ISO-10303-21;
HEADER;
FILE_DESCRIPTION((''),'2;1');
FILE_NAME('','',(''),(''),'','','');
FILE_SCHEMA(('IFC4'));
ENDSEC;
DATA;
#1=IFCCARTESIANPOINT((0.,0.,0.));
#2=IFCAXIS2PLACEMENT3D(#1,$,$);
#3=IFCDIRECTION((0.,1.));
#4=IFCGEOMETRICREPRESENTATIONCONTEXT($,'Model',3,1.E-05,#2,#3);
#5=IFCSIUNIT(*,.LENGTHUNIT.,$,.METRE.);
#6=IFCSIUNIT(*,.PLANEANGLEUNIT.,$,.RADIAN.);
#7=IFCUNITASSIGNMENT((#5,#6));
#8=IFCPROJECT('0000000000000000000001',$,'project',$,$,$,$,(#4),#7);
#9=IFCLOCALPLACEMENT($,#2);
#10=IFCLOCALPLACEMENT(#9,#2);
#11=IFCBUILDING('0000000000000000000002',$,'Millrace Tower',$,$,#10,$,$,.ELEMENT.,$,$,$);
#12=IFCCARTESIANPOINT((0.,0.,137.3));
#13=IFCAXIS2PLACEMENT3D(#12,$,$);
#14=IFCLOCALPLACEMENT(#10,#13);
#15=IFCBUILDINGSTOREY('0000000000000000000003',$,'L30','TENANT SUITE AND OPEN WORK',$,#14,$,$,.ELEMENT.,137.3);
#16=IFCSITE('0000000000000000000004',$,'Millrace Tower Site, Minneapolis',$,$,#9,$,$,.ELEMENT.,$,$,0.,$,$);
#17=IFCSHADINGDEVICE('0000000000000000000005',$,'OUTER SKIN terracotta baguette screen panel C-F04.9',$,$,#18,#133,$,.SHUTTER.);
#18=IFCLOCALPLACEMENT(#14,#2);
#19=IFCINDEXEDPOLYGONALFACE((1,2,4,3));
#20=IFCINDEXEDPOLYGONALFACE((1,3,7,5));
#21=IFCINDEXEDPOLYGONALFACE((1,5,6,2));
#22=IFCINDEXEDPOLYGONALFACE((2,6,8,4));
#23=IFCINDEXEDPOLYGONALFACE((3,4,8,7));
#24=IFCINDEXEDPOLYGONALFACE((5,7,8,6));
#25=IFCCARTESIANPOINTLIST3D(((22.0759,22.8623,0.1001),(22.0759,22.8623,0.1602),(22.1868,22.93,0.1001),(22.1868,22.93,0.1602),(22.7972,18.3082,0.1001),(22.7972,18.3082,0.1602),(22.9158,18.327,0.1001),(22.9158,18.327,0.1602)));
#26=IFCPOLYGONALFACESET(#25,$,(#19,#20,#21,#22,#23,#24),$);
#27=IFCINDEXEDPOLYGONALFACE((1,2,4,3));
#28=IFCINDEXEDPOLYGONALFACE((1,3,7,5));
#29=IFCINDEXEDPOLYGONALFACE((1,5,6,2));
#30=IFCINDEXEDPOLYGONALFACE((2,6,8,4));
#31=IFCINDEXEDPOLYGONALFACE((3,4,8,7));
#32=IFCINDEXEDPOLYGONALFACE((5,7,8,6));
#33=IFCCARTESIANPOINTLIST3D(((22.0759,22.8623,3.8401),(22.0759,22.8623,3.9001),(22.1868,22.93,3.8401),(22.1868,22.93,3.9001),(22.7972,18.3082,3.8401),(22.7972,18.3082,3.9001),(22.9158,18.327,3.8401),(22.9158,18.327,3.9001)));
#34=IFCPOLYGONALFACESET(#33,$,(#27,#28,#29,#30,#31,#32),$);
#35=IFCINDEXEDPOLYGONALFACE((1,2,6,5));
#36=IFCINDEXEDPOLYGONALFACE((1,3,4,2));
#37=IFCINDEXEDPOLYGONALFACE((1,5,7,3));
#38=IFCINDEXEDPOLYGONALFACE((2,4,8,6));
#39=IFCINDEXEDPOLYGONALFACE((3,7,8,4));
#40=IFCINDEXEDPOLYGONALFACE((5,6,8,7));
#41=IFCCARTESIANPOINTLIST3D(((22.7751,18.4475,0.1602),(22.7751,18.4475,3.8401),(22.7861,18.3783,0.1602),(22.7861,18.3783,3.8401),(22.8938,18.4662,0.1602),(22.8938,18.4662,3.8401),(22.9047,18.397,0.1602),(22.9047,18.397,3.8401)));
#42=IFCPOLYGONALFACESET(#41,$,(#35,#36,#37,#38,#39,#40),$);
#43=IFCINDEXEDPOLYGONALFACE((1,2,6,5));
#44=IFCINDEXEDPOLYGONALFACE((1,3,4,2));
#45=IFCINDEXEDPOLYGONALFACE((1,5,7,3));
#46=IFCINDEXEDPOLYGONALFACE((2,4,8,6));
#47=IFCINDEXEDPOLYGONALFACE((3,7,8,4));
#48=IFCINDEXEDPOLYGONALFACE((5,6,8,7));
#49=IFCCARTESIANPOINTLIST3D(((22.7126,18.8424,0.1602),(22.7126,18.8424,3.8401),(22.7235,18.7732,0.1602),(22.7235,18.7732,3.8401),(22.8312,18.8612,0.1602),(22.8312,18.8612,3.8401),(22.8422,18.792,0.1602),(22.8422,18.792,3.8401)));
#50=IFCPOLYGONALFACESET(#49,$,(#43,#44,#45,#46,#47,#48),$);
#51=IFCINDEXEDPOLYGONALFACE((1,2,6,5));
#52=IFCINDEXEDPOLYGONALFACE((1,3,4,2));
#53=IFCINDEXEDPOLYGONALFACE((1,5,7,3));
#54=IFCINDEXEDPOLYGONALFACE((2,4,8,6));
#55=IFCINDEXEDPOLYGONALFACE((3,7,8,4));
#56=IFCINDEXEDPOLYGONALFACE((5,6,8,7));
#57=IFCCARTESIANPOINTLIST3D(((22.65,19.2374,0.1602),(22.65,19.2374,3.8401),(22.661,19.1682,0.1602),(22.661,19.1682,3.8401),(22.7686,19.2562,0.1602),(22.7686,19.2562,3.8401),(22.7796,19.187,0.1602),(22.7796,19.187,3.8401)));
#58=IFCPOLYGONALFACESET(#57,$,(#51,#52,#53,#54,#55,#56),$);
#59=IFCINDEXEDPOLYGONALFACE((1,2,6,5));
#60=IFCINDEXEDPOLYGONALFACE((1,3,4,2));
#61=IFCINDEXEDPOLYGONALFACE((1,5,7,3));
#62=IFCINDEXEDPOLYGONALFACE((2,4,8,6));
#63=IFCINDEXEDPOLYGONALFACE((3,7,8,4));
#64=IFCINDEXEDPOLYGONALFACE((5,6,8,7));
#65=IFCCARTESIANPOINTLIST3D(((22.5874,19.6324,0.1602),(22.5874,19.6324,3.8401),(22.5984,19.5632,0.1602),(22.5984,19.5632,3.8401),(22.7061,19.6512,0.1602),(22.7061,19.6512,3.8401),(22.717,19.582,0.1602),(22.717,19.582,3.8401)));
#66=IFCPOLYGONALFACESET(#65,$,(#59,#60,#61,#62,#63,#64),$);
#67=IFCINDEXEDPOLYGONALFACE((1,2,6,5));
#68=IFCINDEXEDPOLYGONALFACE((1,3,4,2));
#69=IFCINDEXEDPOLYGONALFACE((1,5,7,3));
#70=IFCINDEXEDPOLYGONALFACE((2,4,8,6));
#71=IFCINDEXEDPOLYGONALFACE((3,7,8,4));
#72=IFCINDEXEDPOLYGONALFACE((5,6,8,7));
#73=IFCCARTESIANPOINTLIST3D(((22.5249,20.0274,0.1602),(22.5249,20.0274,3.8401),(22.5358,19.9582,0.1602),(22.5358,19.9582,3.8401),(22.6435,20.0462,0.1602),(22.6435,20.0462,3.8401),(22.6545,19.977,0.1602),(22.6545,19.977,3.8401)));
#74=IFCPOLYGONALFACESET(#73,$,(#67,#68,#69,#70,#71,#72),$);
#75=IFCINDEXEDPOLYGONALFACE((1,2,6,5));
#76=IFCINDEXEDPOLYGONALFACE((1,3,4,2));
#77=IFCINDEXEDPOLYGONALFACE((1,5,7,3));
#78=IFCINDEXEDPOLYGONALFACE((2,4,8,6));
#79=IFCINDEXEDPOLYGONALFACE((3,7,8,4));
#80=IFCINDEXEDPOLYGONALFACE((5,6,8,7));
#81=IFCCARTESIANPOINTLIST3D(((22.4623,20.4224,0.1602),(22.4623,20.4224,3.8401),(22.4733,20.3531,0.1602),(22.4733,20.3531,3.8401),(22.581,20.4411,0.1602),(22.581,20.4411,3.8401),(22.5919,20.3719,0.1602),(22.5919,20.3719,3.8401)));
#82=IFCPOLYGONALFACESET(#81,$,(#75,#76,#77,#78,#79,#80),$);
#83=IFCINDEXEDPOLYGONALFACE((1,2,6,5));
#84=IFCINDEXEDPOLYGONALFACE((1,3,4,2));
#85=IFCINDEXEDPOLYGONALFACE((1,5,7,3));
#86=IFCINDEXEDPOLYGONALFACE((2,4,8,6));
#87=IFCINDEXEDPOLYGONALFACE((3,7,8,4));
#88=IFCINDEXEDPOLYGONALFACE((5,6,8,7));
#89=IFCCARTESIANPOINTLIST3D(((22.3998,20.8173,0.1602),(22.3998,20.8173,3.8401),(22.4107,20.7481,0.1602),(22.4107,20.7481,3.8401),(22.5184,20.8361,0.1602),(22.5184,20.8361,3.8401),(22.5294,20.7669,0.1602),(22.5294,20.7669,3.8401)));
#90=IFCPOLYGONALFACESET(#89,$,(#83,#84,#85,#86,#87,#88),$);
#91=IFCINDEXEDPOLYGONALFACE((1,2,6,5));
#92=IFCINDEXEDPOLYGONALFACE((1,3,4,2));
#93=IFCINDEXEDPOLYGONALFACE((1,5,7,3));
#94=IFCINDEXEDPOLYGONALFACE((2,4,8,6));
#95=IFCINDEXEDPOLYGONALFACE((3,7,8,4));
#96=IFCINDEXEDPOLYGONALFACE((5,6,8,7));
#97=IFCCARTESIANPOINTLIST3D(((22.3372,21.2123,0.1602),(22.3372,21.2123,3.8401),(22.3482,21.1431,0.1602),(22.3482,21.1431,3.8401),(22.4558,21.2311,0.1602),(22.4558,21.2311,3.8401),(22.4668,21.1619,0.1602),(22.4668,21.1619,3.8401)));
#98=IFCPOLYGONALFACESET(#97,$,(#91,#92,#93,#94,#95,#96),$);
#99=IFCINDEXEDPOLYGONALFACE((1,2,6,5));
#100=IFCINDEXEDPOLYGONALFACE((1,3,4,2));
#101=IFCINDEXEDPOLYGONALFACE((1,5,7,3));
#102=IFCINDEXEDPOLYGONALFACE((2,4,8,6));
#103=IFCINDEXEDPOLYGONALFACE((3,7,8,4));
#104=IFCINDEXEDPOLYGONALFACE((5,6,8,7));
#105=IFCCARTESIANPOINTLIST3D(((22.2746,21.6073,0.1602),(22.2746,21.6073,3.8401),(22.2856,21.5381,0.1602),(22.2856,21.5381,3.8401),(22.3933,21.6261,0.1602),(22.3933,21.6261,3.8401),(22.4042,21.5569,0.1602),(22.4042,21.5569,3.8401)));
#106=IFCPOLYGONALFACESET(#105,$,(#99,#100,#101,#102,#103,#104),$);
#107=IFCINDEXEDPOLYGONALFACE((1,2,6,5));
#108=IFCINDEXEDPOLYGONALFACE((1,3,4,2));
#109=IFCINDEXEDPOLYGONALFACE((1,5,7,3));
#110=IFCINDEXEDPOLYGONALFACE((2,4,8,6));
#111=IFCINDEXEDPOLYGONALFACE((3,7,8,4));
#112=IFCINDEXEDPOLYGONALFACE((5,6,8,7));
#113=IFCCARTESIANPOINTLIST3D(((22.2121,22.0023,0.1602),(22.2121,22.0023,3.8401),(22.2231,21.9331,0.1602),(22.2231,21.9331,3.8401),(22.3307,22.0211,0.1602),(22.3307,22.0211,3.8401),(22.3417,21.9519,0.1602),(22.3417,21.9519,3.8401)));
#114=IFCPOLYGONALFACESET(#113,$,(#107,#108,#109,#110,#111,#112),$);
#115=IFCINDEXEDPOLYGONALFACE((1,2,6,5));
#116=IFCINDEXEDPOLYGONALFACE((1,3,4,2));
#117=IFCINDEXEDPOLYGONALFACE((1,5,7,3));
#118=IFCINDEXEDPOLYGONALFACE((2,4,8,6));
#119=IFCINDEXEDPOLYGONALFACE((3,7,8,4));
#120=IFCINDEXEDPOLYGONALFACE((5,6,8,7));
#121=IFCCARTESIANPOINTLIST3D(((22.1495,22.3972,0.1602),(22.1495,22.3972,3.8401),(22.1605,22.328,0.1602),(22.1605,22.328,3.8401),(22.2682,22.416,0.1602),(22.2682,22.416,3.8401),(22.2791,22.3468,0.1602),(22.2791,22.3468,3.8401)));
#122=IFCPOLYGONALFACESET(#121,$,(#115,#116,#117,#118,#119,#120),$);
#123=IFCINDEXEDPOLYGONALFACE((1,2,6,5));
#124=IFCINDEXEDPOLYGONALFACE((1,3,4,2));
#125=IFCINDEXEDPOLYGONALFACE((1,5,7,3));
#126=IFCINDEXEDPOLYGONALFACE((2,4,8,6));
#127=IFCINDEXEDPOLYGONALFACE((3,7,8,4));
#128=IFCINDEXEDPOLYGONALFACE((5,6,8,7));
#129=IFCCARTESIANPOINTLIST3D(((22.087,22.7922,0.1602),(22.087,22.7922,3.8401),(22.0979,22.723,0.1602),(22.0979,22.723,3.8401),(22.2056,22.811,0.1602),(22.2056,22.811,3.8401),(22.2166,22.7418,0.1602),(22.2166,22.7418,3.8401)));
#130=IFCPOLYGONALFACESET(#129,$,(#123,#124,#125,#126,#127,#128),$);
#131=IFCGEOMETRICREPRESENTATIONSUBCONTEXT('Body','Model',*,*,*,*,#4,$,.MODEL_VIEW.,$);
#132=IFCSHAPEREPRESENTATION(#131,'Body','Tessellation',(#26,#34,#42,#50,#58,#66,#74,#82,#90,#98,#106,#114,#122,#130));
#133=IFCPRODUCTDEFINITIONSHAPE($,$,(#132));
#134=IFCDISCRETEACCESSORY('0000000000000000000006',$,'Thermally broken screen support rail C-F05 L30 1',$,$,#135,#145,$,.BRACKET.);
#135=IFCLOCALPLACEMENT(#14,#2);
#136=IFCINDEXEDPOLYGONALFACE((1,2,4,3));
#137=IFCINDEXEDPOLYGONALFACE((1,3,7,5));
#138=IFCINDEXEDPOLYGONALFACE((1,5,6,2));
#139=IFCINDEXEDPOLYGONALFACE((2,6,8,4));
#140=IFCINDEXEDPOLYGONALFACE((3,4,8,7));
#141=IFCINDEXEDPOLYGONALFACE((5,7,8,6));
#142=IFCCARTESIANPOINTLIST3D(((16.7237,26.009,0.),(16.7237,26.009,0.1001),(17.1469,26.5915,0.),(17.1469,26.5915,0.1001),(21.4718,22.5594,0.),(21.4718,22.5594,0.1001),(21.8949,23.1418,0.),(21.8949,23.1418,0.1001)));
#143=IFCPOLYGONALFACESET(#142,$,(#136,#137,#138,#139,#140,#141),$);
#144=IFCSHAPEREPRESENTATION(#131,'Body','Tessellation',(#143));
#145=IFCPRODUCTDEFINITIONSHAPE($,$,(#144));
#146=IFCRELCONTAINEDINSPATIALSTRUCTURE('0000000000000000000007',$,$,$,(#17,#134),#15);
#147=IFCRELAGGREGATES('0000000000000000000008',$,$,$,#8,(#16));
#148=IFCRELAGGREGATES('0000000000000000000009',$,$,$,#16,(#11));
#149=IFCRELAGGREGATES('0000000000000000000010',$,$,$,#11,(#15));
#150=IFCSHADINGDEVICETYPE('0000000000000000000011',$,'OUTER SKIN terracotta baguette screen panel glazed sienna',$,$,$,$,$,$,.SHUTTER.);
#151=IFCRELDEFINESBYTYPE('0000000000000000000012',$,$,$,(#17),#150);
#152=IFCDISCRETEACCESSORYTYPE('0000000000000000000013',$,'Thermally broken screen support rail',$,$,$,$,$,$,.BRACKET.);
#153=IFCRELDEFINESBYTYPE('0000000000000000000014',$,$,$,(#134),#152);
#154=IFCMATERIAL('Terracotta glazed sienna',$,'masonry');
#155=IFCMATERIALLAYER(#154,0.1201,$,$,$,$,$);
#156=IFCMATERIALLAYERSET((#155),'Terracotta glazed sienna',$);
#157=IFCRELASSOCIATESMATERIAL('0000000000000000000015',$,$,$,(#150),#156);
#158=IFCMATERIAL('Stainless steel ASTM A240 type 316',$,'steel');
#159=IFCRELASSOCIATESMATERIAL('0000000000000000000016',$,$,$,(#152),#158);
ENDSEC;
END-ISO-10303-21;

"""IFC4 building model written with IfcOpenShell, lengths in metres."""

from ifc_helpers import new_model, entity, si_unit, direction, frame, frame_2d, origin, origin_2d, place, context, subcontext, project, spatial, rectangle, extrude, source, transform, mapped, material, layer, layer_set, type_object, element, save


model = new_model("IFC4")

# Units and contexts
model_context = context("Model", 3, precision=1e-05, world=origin(), true_north=direction((0.0, 1.0)))
body_context = subcontext(model_context, "Body", "Model", "MODEL_VIEW")
ifc_project = project(units=[si_unit("LENGTHUNIT", "METRE"), si_unit("PLANEANGLEUNIT", "RADIAN")], contexts=[model_context])

# Site, building, storey
site_placement = place(None, origin())
site = spatial("IfcSite", under=ifc_project, at=site_placement, Name="Millrace Tower Site, Minneapolis", CompositionType="ELEMENT", RefElevation=0.0)
building_placement = place(site_placement, origin())
building = spatial("IfcBuilding", under=site, at=building_placement, Name="Millrace Tower", CompositionType="ELEMENT")
storey_placement = place(building_placement, frame((0.0, 0.0, 137.3)))
storey = spatial("IfcBuildingStorey", under=building, at=storey_placement, Name="L30", Description="TENANT SUITE AND OPEN WORK", CompositionType="ELEMENT", Elevation=137.3)

# Shading device
ifc_material_1 = material(Name="Terracotta glazed sienna", Category="masonry")
ifc_layer_1 = layer(ifc_material_1, 0.1201)
ifc_layer_set_1 = layer_set([ifc_layer_1], Name="Terracotta glazed sienna")
shading_device_type = type_object("IfcShadingDeviceType", Name="OUTER SKIN terracotta baguette screen panel glazed sienna", PredefinedType="SHUTTER", material=ifc_layer_set_1)
cartesian_point_1 = entity("IfcCartesianPoint", [-2.3179, 0.0601])
shared_polyline_1 = entity("IfcPolyline", [cartesian_point_1, entity("IfcCartesianPoint", [2.293, 0.0601]), entity("IfcCartesianPoint", [2.3425, -0.0601]), entity("IfcCartesianPoint", [-2.3179, -0.0601]), cartesian_point_1])
shared_shape_1 = source(origin(), body_context, "Body", "SweptSolid", [
    entity("IfcExtrudedAreaSolid", entity("IfcArbitraryClosedProfileDef", "AREA", None, shared_polyline_1), entity("IfcAxis2Placement3D", entity("IfcCartesianPoint", [0.0, 0.0, 0.0])), entity("IfcDirection", [0.0, 0.0, 1.0]), 0.0601),
    entity("IfcExtrudedAreaSolid", entity("IfcArbitraryClosedProfileDef", "AREA", None, shared_polyline_1), entity("IfcAxis2Placement3D", entity("IfcCartesianPoint", [0.0, 0.0, 3.74])), entity("IfcDirection", [0.0, 0.0, 1.0]), 0.0601),
    extrude(rectangle(XDim=0.0701, YDim=0.1201, at=frame_2d((-2.2119, 0.0))), frame((0.0, 0.0, 0.0601)), (0.0, 0.0, 1.0), 3.6799),
    extrude(rectangle(XDim=0.0701, YDim=0.1201, at=frame_2d((-1.812, 0.0))), frame((0.0, 0.0, 0.0601)), (0.0, 0.0, 1.0), 3.6799),
    extrude(rectangle(XDim=0.0701, YDim=0.1201, at=frame_2d((-1.4121, 0.0))), frame((0.0, 0.0, 0.0601)), (0.0, 0.0, 1.0), 3.6799),
    extrude(rectangle(XDim=0.0701, YDim=0.1201, at=frame_2d((-1.0122, 0.0))), frame((0.0, 0.0, 0.0601)), (0.0, 0.0, 1.0), 3.6799),
    extrude(rectangle(XDim=0.0701, YDim=0.1201, at=frame_2d((-0.6123, 0.0))), frame((0.0, 0.0, 0.0601)), (0.0, 0.0, 1.0), 3.6799),
    extrude(rectangle(XDim=0.0701, YDim=0.1201, at=frame_2d((-0.2124, 0.0))), frame((0.0, 0.0, 0.0601)), (0.0, 0.0, 1.0), 3.6799),
    extrude(rectangle(XDim=0.0701, YDim=0.1201, at=frame_2d((0.1875, 0.0))), frame((0.0, 0.0, 0.0601)), (0.0, 0.0, 1.0), 3.6799),
    extrude(rectangle(XDim=0.0701, YDim=0.1201, at=frame_2d((0.5874, 0.0))), frame((0.0, 0.0, 0.0601)), (0.0, 0.0, 1.0), 3.6799),
    extrude(rectangle(XDim=0.0701, YDim=0.1201, at=frame_2d((0.9873, 0.0))), frame((0.0, 0.0, 0.0601)), (0.0, 0.0, 1.0), 3.6799),
    extrude(rectangle(XDim=0.0701, YDim=0.1201, at=frame_2d((1.3872, 0.0))), frame((0.0, 0.0, 0.0601)), (0.0, 0.0, 1.0), 3.6799),
    extrude(rectangle(XDim=0.0701, YDim=0.1201, at=frame_2d((1.7871, 0.0))), frame((0.0, 0.0, 0.0601)), (0.0, 0.0, 1.0), 3.6799),
    extrude(rectangle(XDim=0.0701, YDim=0.1201, at=frame_2d((2.187, 0.0))), frame((0.0, 0.0, 0.0601)), (0.0, 0.0, 1.0), 3.6799),
])
shading_device_1_placement = place(storey_placement, frame((22.4939, 20.6069, 0.1001), z_axis=(0.0, 0.0, 1.0), x_axis=(-0.156434, 0.987688, 0.0)))
element("IfcShadingDevice", 1, at=shading_device_1_placement, inside=storey, type_object=shading_device_type, Name="OUTER SKIN terracotta baguette screen panel C-F04.9", PredefinedType="SHUTTER", context=body_context, shape_type="MappedRepresentation", body=[
    mapped(shared_shape_1, transform((0.0, 0.0, 0.0), scale=1.0)),
])

# Discrete accessory
ifc_material_2 = material(Name="Stainless steel ASTM A240 type 316", Category="steel")
discrete_accessory_type = type_object("IfcDiscreteAccessoryType", Name="Thermally broken screen support rail", PredefinedType="BRACKET", material=ifc_material_2)
discrete_accessory_placement = place(storey_placement, frame((19.3093, 24.5754, 0.0), z_axis=(0.0, 0.0, 1.0), x_axis=(-0.809017, 0.587785, 0.0)))
element("IfcDiscreteAccessory", 2, at=discrete_accessory_placement, inside=storey, type_object=discrete_accessory_type, Name="Thermally broken screen support rail C-F05 L30 1", PredefinedType="BRACKET", context=body_context, shape_type="SweptSolid", body=[
    extrude(rectangle(XDim=5.8689, YDim=0.72, at=origin_2d()), origin(), (0.0, 0.0, 1.0), 0.1001),
])

save(model, "model.ifc")
